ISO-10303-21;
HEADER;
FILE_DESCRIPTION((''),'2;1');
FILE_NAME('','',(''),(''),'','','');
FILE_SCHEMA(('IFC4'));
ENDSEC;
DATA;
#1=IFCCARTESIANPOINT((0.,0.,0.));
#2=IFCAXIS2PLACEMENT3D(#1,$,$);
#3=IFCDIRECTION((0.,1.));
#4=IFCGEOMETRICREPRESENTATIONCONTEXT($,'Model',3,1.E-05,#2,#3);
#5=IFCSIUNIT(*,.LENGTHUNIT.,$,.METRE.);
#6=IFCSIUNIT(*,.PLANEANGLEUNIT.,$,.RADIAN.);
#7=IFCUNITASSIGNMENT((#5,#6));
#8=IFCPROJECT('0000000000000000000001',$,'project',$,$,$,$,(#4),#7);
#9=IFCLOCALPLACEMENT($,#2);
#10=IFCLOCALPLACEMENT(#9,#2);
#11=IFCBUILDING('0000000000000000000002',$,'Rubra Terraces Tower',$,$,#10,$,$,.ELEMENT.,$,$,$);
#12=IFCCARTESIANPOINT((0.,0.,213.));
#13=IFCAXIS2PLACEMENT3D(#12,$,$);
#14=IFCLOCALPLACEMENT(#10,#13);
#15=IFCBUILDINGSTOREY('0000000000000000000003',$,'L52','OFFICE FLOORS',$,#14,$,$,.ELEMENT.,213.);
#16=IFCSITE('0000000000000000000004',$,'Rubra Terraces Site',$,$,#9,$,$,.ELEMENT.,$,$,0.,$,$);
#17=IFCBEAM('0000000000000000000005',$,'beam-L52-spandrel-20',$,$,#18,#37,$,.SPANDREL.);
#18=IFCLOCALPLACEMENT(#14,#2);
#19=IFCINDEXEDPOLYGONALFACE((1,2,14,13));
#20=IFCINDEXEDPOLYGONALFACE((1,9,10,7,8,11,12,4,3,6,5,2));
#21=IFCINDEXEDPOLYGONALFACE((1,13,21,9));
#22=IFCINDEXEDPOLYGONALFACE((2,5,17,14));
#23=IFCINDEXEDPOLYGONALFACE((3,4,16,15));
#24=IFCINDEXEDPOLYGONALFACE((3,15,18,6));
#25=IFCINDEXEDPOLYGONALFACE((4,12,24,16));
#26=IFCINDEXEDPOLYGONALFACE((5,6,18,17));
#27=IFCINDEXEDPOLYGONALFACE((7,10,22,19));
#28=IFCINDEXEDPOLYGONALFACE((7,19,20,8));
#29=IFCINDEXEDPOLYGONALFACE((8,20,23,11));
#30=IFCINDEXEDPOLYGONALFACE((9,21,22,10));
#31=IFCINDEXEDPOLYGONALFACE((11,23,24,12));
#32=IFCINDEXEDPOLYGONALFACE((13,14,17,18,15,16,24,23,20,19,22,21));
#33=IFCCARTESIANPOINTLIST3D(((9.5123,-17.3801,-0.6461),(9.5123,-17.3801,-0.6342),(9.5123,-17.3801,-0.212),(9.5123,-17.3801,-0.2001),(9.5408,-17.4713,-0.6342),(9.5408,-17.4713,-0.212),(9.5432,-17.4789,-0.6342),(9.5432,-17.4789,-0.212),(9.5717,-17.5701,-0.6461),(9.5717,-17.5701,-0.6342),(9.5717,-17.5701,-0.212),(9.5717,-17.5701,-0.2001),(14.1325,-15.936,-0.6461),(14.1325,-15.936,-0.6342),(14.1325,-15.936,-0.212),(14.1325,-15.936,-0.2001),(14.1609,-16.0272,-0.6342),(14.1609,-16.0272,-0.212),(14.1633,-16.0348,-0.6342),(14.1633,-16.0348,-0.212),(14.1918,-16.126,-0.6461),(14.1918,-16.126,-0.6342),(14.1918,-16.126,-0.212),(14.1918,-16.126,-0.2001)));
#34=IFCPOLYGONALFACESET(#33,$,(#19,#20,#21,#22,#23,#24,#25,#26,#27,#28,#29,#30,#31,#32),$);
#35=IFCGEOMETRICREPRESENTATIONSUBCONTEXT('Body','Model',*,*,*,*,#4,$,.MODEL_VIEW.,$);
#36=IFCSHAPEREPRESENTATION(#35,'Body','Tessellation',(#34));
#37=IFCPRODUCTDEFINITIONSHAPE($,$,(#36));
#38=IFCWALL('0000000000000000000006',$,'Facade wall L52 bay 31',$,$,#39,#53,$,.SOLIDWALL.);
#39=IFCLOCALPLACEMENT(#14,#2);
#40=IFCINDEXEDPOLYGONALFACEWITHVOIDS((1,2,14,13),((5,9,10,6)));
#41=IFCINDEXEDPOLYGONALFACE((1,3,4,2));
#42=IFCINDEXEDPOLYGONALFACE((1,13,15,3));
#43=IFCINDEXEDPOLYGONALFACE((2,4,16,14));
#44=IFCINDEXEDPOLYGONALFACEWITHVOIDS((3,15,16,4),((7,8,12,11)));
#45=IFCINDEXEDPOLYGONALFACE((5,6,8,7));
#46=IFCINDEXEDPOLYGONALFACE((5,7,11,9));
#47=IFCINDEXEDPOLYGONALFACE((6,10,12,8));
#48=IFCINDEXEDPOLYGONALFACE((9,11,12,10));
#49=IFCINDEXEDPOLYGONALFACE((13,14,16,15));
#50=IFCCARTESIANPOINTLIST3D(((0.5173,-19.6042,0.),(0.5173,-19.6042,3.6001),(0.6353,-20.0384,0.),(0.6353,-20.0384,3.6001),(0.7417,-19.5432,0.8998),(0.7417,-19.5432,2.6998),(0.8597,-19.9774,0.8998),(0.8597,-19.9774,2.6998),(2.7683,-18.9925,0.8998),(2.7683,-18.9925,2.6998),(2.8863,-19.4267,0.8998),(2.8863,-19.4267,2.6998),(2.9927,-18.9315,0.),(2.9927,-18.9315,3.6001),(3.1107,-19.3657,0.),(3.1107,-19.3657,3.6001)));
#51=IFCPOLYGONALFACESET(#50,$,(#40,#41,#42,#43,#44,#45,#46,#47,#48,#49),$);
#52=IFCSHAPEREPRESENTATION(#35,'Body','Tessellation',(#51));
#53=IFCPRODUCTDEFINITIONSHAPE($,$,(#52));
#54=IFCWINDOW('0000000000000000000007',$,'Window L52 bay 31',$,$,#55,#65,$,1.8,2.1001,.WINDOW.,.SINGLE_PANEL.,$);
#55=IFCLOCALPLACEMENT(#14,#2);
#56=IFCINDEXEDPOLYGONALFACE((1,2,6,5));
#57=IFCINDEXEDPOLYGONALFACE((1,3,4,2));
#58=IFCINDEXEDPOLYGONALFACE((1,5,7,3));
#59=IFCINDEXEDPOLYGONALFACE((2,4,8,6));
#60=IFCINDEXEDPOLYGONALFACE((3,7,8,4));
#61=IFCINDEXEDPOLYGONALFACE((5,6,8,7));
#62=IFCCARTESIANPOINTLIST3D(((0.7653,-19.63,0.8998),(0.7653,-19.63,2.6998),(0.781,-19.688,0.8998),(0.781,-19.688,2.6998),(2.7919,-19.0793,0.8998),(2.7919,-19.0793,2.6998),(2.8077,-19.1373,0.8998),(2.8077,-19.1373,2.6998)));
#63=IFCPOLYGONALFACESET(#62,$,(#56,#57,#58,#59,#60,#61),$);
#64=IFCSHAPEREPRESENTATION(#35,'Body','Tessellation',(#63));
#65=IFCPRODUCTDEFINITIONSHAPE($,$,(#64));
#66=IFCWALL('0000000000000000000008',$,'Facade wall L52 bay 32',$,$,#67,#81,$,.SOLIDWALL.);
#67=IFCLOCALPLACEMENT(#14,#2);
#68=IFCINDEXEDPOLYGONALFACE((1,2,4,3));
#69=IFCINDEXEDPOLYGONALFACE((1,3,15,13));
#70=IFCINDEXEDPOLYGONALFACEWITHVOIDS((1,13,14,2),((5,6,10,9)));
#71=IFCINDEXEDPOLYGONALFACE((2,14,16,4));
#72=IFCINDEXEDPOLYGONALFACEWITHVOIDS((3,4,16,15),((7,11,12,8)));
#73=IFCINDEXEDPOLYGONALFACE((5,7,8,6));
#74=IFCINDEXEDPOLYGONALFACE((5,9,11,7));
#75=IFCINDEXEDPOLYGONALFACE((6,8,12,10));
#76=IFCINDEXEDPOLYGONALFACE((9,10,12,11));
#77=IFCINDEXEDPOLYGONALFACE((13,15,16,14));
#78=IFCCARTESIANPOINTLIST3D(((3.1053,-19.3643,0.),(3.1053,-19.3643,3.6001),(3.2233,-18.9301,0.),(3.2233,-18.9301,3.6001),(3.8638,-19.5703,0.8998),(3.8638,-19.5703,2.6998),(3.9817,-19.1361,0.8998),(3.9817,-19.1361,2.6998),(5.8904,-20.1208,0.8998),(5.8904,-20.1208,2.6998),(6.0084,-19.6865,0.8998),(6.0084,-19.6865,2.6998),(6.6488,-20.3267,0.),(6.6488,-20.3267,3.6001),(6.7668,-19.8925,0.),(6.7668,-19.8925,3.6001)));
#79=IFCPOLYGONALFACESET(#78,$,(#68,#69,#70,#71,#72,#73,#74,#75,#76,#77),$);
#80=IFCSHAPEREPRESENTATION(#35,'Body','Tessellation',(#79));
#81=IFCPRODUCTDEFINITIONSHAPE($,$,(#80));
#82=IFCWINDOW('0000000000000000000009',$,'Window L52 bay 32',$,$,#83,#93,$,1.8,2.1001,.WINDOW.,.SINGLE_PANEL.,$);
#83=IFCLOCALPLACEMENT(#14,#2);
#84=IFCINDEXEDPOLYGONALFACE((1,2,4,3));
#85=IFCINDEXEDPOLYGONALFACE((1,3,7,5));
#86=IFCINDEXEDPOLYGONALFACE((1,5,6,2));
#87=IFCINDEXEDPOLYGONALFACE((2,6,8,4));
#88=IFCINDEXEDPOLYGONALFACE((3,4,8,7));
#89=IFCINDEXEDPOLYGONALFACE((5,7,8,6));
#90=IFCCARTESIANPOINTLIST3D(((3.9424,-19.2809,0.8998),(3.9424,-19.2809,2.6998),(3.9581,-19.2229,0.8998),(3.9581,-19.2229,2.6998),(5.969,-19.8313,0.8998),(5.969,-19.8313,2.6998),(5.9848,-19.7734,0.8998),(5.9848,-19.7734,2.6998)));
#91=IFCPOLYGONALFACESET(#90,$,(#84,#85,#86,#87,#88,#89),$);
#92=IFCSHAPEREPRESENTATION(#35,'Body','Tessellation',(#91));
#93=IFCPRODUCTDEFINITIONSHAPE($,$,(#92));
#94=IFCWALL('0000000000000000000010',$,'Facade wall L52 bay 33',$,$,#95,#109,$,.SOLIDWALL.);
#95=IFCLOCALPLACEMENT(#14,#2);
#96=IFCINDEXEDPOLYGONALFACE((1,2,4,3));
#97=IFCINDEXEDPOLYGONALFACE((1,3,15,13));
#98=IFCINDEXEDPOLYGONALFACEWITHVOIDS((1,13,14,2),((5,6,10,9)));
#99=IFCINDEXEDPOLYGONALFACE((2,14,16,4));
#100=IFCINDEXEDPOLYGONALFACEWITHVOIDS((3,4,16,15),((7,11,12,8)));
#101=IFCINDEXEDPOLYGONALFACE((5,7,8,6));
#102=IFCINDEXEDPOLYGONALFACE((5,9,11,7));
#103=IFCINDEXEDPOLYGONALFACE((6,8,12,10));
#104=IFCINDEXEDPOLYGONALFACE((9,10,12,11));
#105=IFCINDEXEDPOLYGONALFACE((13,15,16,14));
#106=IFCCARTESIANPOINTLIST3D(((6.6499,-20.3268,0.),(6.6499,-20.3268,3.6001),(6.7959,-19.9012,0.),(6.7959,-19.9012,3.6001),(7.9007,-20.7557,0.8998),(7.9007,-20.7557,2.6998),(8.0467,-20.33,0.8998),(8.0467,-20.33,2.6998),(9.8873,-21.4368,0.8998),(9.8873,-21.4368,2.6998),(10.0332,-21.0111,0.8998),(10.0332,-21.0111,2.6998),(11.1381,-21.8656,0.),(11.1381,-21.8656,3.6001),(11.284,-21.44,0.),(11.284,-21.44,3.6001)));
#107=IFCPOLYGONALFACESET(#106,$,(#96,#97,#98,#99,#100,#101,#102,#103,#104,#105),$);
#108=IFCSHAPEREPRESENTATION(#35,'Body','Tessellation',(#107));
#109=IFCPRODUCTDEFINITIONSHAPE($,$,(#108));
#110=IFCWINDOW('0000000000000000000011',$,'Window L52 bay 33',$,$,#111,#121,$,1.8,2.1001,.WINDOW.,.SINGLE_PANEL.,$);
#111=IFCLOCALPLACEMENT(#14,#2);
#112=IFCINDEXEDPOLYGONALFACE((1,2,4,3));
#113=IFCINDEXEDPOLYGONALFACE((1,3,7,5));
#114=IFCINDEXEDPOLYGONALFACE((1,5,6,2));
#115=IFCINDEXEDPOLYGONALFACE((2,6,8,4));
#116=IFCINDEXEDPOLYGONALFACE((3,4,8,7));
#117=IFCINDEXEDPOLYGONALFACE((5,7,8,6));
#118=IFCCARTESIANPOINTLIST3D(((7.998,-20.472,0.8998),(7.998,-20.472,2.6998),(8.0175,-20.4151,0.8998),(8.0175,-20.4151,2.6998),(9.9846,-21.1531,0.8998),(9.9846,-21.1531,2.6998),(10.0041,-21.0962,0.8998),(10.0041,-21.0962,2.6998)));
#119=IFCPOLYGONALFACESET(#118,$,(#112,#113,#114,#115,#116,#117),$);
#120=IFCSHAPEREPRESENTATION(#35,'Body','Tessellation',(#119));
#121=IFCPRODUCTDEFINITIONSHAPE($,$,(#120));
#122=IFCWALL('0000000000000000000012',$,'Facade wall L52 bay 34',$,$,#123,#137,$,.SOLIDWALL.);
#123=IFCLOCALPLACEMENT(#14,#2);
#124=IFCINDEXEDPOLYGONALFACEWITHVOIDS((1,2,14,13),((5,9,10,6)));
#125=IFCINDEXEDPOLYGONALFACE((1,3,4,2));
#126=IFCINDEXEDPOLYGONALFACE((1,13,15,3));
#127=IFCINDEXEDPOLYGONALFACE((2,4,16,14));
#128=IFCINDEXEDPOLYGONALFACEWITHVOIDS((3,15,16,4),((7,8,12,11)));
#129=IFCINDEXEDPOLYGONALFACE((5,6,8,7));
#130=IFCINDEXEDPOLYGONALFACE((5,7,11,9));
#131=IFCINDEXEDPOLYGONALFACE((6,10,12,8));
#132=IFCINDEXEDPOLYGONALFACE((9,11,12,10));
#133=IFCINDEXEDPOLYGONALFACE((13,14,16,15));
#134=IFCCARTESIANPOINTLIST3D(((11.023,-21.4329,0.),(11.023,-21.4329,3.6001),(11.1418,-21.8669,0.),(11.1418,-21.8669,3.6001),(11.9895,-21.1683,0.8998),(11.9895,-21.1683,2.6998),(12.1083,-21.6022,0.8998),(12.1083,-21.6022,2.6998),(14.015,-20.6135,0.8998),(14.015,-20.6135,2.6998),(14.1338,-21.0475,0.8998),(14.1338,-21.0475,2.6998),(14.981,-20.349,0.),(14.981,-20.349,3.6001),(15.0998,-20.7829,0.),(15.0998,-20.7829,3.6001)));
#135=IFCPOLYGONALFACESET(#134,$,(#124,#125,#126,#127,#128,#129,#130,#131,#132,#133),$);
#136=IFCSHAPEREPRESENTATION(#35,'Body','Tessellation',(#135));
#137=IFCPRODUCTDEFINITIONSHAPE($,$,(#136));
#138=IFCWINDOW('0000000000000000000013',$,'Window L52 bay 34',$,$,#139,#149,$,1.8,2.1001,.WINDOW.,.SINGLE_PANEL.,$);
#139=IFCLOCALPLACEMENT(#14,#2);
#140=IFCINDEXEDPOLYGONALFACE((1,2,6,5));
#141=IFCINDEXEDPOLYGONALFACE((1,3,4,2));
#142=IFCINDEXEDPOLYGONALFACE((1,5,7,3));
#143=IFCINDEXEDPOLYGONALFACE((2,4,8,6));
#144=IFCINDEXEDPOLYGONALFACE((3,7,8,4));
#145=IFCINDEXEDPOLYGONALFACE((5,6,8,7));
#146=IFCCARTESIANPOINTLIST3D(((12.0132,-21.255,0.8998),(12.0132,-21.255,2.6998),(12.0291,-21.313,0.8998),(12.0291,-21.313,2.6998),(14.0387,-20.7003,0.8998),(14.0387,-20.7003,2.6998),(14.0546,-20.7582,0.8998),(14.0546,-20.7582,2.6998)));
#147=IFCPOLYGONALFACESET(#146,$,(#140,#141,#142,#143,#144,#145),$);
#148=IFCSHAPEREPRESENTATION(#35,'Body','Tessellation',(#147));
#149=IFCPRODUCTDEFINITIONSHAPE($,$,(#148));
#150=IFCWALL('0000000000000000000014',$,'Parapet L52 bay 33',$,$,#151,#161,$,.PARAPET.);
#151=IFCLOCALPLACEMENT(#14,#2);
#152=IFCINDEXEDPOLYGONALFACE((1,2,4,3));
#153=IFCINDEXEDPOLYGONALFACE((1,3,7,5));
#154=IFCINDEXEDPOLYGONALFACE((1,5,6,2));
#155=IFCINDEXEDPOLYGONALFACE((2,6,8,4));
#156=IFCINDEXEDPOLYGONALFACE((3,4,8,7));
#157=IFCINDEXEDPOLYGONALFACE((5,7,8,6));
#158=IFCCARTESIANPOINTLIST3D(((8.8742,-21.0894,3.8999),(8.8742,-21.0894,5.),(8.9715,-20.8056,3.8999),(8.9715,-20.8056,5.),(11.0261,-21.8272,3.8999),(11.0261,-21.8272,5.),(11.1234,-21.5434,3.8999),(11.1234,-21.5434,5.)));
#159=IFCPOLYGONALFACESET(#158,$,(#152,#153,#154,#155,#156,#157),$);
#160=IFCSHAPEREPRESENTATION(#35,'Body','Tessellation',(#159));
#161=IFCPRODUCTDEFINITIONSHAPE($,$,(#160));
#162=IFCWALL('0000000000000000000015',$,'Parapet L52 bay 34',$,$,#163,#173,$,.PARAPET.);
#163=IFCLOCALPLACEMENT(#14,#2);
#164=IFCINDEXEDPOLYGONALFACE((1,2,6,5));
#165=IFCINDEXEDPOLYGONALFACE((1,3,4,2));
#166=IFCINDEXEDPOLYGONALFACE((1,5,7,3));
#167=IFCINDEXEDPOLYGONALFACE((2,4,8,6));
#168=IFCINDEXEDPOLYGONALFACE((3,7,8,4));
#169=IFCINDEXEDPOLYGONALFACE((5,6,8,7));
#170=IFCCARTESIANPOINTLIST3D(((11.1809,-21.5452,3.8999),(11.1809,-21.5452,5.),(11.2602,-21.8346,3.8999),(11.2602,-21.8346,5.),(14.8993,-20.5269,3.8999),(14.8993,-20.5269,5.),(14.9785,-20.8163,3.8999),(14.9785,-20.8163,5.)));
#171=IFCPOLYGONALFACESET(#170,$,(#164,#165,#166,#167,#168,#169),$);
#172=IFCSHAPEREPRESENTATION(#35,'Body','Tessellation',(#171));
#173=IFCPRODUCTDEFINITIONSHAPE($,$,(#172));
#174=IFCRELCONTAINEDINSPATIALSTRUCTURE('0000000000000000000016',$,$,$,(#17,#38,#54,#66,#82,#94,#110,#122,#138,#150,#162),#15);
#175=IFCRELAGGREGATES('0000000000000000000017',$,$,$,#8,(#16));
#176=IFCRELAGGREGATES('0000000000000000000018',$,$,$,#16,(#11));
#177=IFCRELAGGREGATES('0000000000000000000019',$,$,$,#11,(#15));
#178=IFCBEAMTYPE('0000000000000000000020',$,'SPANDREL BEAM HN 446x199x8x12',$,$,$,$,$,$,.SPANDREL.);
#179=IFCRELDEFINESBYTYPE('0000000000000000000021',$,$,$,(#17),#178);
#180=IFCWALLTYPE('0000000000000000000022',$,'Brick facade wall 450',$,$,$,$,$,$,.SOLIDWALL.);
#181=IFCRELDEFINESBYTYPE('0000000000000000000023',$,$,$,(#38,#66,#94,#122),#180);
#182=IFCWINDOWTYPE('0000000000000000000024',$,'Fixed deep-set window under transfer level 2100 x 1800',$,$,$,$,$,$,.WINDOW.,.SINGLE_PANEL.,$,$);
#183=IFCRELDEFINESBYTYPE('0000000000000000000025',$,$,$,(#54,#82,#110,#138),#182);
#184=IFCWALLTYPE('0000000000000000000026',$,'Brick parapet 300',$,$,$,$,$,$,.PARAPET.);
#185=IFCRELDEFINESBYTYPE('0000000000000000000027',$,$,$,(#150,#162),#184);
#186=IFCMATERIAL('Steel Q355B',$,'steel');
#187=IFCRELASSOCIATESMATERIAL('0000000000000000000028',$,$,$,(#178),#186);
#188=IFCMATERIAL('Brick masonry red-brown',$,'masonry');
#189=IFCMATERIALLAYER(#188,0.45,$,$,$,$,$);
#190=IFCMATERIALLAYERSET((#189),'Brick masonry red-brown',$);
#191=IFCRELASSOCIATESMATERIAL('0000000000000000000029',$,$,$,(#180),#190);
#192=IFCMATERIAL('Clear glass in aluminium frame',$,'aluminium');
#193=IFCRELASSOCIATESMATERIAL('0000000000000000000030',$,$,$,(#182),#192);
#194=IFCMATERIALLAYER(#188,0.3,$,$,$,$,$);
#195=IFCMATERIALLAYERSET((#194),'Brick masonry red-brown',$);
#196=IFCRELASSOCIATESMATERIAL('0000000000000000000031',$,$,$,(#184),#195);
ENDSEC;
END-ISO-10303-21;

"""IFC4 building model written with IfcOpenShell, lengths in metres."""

from ifc_helpers import new_model, si_unit, direction, frame, frame_2d, origin, origin_2d, place, context, subcontext, project, spatial, rectangle, i_section, extrude, material, layer, layer_set, material_profile, profile_set, type_object, element, fill, save


model = new_model("IFC4")

# Units and contexts
model_context = context("Model", 3, precision=1e-05, world=origin(), true_north=direction((0.0, 1.0)))
body_context = subcontext(model_context, "Body", "Model", "MODEL_VIEW")
ifc_project = project(units=[si_unit("LENGTHUNIT", "METRE"), si_unit("PLANEANGLEUNIT", "RADIAN")], contexts=[model_context])

# Site, building, storey
site_placement = place(None, origin())
site = spatial("IfcSite", under=ifc_project, at=site_placement, Name="Rubra Terraces Site", CompositionType="ELEMENT", RefElevation=0.0)
building_placement = place(site_placement, origin())
building = spatial("IfcBuilding", under=site, at=building_placement, Name="Rubra Terraces Tower", CompositionType="ELEMENT")
storey_placement = place(building_placement, frame((0.0, 0.0, 213.0)))
storey = spatial("IfcBuildingStorey", under=building, at=storey_placement, Name="L52", Description="OFFICE FLOORS", CompositionType="ELEMENT", Elevation=213.0)

# Beam
ifc_material_1 = material(Name="Steel Q355B", Category="steel")
ifc_material_profile_1 = material_profile(ifc_material_1, i_section(OverallWidth=0.199, OverallDepth=0.446, WebThickness=0.0081, FlangeThickness=0.012, at=origin_2d()), Name="HN 446x199x8x12")
ifc_profile_set_1 = profile_set([ifc_material_profile_1], Name="Steel Q355B")
beam_type_1 = type_object("IfcBeamType", Name="SPANDREL BEAM HN 446x199x8x12", PredefinedType="SPANDREL", material=ifc_profile_set_1)
beam_1_placement = place(storey_placement, frame((9.542, -17.4751, -0.4231), z_axis=(0.954462, 0.298332, 0.0), x_axis=(-0.298332, 0.954462, 0.0)))
element("IfcBeam", 1, at=beam_1_placement, inside=storey, type_object=beam_type_1, Name="beam-L52-spandrel-20", PredefinedType="SPANDREL", context=body_context, shape_type="SweptSolid", body=[
    extrude(i_section(OverallWidth=0.199, OverallDepth=0.446, WebThickness=0.0081, FlangeThickness=0.012, at=origin_2d()), origin(), (0.0, 0.0, 1.0), 4.8406),
])

# Walls, openings, windows
ifc_material_2 = material(Name="Brick masonry red-brown", Category="masonry")
ifc_layer_1 = layer(ifc_material_2, 0.45)
ifc_layer_set_1 = layer_set([ifc_layer_1], Name="Brick masonry red-brown")
wall_type_1 = type_object("IfcWallType", Name="Brick facade wall 450", PredefinedType="SOLIDWALL", material=ifc_layer_set_1)
wall_1_placement = place(storey_placement, frame((0.5762, -19.8213, 0.0), z_axis=(0.0, 0.0, 1.0), x_axis=(0.965009, 0.262215, 0.0)))
wall_1 = element("IfcWall", 2, at=wall_1_placement, inside=storey, type_object=wall_type_1, Name="Facade wall L52 bay 31", PredefinedType="SOLIDWALL", context=body_context, shape_type="SweptSolid", body=[
    extrude(rectangle(XDim=2.5652, YDim=0.45, at=frame_2d((1.2827, 0.0))), origin(), (0.0, 0.0, 1.0), 3.6001),
])
opening_1_placement = place(wall_1_placement, frame((0.2327, 0.0, 0.8999)))
opening_1 = element("IfcOpeningElement", 3, at=opening_1_placement, cuts=wall_1, PredefinedType="OPENING", context=body_context, shape_type="SweptSolid", body=[
    extrude(rectangle(XDim=2.1001, YDim=1.8, at=frame_2d((1.05, 0.8999))), frame((0.0, 0.2349, 0.0), z_axis=(0.0, -1.0, 0.0), x_axis=(1.0, 0.0, 0.0)), (0.0, 0.0, 1.0), 0.47),
])
ifc_material_3 = material(Name="Clear glass in aluminium frame", Category="aluminium")
window_type = type_object("IfcWindowType", Name="Fixed deep-set window under transfer level 2100 x 1800", PartitioningType="SINGLE_PANEL", PredefinedType="WINDOW", material=ifc_material_3)
window_1_placement = place(opening_1_placement, origin())
window_1 = element("IfcWindow", 4, at=window_1_placement, inside=storey, type_object=window_type, Name="Window L52 bay 31", OverallHeight=1.8, OverallWidth=2.1001, PartitioningType="SINGLE_PANEL", PredefinedType="WINDOW", context=body_context, shape_type="SweptSolid", body=[
    extrude(rectangle(XDim=2.1001, YDim=1.8, at=frame_2d((1.05, 0.8999))), frame((0.0, 0.135, 0.0), z_axis=(0.0, -1.0, 0.0), x_axis=(1.0, 0.0, 0.0)), (0.0, 0.0, 1.0), 0.0601),
])
fill(opening_1, window_1)
wall_2_placement = place(storey_placement, frame((3.1643, -19.1472, 0.0), z_axis=(0.0, 0.0, 1.0), x_axis=(0.965039, -0.262105, 0.0)))
wall_2 = element("IfcWall", 5, at=wall_2_placement, inside=storey, type_object=wall_type_1, Name="Facade wall L52 bay 32", PredefinedType="SOLIDWALL", context=body_context, shape_type="SweptSolid", body=[
    extrude(rectangle(XDim=3.6719, YDim=0.45, at=frame_2d((1.8359, 0.0))), origin(), (0.0, 0.0, 1.0), 3.6001),
])
opening_2_placement = place(wall_2_placement, frame((0.7859, 0.0, 0.8999)))
opening_2 = element("IfcOpeningElement", 6, at=opening_2_placement, cuts=wall_2, PredefinedType="OPENING", context=body_context, shape_type="SweptSolid", body=[
    extrude(rectangle(XDim=2.1001, YDim=1.8, at=frame_2d((1.05, 0.8999))), frame((0.0, 0.2349, 0.0), z_axis=(0.0, -1.0, 0.0), x_axis=(1.0, 0.0, 0.0)), (0.0, 0.0, 1.0), 0.47),
])
window_2_placement = place(opening_2_placement, origin())
window_2 = element("IfcWindow", 7, at=window_2_placement, inside=storey, type_object=window_type, Name="Window L52 bay 32", OverallHeight=1.8, OverallWidth=2.1001, PartitioningType="SINGLE_PANEL", PredefinedType="WINDOW", context=body_context, shape_type="SweptSolid", body=[
    extrude(rectangle(XDim=2.1001, YDim=1.8, at=frame_2d((1.05, 0.8999))), frame((0.0, 0.135, 0.0), z_axis=(0.0, -1.0, 0.0), x_axis=(1.0, 0.0, 0.0)), (0.0, 0.0, 1.0), 0.0601),
])
fill(opening_2, window_2)
wall_3_placement = place(storey_placement, frame((6.7229, -20.114, 0.0), z_axis=(0.0, 0.0, 1.0), x_axis=(0.945947, -0.32432, 0.0)))
wall_3 = element("IfcWall", 8, at=wall_3_placement, inside=storey, type_object=wall_type_1, Name="Facade wall L52 bay 33", PredefinedType="SOLIDWALL", context=body_context, shape_type="SweptSolid", body=[
    extrude(rectangle(XDim=4.7446, YDim=0.45, at=frame_2d((2.3723, 0.0))), origin(), (0.0, 0.0, 1.0), 3.6001),
])
opening_3_placement = place(wall_3_placement, frame((1.3223, 0.0, 0.8999)))
opening_3 = element("IfcOpeningElement", 9, at=opening_3_placement, cuts=wall_3, PredefinedType="OPENING", context=body_context, shape_type="SweptSolid", body=[
    extrude(rectangle(XDim=2.1001, YDim=1.8, at=frame_2d((1.05, 0.8999))), frame((0.0, 0.2349, 0.0), z_axis=(0.0, -1.0, 0.0), x_axis=(1.0, 0.0, 0.0)), (0.0, 0.0, 1.0), 0.47),
])
window_3_placement = place(opening_3_placement, origin())
window_3 = element("IfcWindow", 10, at=window_3_placement, inside=storey, type_object=window_type, Name="Window L52 bay 33", OverallHeight=1.8, OverallWidth=2.1001, PartitioningType="SINGLE_PANEL", PredefinedType="WINDOW", context=body_context, shape_type="SweptSolid", body=[
    extrude(rectangle(XDim=2.1001, YDim=1.8, at=frame_2d((1.05, 0.8999))), frame((0.0, 0.135, 0.0), z_axis=(0.0, -1.0, 0.0), x_axis=(1.0, 0.0, 0.0)), (0.0, 0.0, 1.0), 0.0601),
])
fill(opening_3, window_3)
wall_4_placement = place(storey_placement, frame((11.0825, -21.6499, 0.0), z_axis=(0.0, 0.0, 1.0), x_axis=(0.964483, 0.264144, 0.0)))
wall_4 = element("IfcWall", 11, at=wall_4_placement, inside=storey, type_object=wall_type_1, Name="Facade wall L52 bay 34", PredefinedType="SOLIDWALL", context=body_context, shape_type="SweptSolid", body=[
    extrude(rectangle(XDim=4.1038, YDim=0.45, at=frame_2d((2.0518, 0.0))), origin(), (0.0, 0.0, 1.0), 3.6001),
])
opening_4_placement = place(wall_4_placement, frame((1.002, 0.0, 0.8999)))
opening_4 = element("IfcOpeningElement", 12, at=opening_4_placement, cuts=wall_4, PredefinedType="OPENING", context=body_context, shape_type="SweptSolid", body=[
    extrude(rectangle(XDim=2.1001, YDim=1.8, at=frame_2d((1.05, 0.8999))), frame((0.0, 0.2349, 0.0), z_axis=(0.0, -1.0, 0.0), x_axis=(1.0, 0.0, 0.0)), (0.0, 0.0, 1.0), 0.47),
])
window_4_placement = place(opening_4_placement, origin())
window_4 = element("IfcWindow", 13, at=window_4_placement, inside=storey, type_object=window_type, Name="Window L52 bay 34", OverallHeight=1.8, OverallWidth=2.1001, PartitioningType="SINGLE_PANEL", PredefinedType="WINDOW", context=body_context, shape_type="SweptSolid", body=[
    extrude(rectangle(XDim=2.1001, YDim=1.8, at=frame_2d((1.05, 0.8999))), frame((0.0, 0.135, 0.0), z_axis=(0.0, -1.0, 0.0), x_axis=(1.0, 0.0, 0.0)), (0.0, 0.0, 1.0), 0.0601),
])
fill(opening_4, window_4)

# Walls
ifc_layer_2 = layer(ifc_material_2, 0.3)
ifc_layer_set_2 = layer_set([ifc_layer_2], Name="Brick masonry red-brown")
wall_type_2 = type_object("IfcWallType", Name="Brick parapet 300", PredefinedType="PARAPET", material=ifc_layer_set_2)
wall_5_placement = place(storey_placement, frame((8.9229, -20.9475, 3.8999), z_axis=(0.0, 0.0, 1.0), x_axis=(0.945944, -0.32433, 0.0)))
element("IfcWall", 14, at=wall_5_placement, inside=storey, type_object=wall_type_2, Name="Parapet L52 bay 33", PredefinedType="PARAPET", context=body_context, shape_type="SweptSolid", body=[
    extrude(rectangle(XDim=2.2749, YDim=0.3, at=frame_2d((1.1375, 0.0))), origin(), (0.0, 0.0, 1.0), 1.1001),
])
wall_6_placement = place(storey_placement, frame((11.2205, -21.6899, 3.8999), z_axis=(0.0, 0.0, 1.0), x_axis=(0.964484, 0.264141, 0.0)))
element("IfcWall", 15, at=wall_6_placement, inside=storey, type_object=wall_type_2, Name="Parapet L52 bay 34", PredefinedType="PARAPET", context=body_context, shape_type="SweptSolid", body=[
    extrude(rectangle(XDim=3.8552, YDim=0.3, at=frame_2d((1.9277, 0.0))), origin(), (0.0, 0.0, 1.0), 1.1001),
])

save(model, "model.ifc")
